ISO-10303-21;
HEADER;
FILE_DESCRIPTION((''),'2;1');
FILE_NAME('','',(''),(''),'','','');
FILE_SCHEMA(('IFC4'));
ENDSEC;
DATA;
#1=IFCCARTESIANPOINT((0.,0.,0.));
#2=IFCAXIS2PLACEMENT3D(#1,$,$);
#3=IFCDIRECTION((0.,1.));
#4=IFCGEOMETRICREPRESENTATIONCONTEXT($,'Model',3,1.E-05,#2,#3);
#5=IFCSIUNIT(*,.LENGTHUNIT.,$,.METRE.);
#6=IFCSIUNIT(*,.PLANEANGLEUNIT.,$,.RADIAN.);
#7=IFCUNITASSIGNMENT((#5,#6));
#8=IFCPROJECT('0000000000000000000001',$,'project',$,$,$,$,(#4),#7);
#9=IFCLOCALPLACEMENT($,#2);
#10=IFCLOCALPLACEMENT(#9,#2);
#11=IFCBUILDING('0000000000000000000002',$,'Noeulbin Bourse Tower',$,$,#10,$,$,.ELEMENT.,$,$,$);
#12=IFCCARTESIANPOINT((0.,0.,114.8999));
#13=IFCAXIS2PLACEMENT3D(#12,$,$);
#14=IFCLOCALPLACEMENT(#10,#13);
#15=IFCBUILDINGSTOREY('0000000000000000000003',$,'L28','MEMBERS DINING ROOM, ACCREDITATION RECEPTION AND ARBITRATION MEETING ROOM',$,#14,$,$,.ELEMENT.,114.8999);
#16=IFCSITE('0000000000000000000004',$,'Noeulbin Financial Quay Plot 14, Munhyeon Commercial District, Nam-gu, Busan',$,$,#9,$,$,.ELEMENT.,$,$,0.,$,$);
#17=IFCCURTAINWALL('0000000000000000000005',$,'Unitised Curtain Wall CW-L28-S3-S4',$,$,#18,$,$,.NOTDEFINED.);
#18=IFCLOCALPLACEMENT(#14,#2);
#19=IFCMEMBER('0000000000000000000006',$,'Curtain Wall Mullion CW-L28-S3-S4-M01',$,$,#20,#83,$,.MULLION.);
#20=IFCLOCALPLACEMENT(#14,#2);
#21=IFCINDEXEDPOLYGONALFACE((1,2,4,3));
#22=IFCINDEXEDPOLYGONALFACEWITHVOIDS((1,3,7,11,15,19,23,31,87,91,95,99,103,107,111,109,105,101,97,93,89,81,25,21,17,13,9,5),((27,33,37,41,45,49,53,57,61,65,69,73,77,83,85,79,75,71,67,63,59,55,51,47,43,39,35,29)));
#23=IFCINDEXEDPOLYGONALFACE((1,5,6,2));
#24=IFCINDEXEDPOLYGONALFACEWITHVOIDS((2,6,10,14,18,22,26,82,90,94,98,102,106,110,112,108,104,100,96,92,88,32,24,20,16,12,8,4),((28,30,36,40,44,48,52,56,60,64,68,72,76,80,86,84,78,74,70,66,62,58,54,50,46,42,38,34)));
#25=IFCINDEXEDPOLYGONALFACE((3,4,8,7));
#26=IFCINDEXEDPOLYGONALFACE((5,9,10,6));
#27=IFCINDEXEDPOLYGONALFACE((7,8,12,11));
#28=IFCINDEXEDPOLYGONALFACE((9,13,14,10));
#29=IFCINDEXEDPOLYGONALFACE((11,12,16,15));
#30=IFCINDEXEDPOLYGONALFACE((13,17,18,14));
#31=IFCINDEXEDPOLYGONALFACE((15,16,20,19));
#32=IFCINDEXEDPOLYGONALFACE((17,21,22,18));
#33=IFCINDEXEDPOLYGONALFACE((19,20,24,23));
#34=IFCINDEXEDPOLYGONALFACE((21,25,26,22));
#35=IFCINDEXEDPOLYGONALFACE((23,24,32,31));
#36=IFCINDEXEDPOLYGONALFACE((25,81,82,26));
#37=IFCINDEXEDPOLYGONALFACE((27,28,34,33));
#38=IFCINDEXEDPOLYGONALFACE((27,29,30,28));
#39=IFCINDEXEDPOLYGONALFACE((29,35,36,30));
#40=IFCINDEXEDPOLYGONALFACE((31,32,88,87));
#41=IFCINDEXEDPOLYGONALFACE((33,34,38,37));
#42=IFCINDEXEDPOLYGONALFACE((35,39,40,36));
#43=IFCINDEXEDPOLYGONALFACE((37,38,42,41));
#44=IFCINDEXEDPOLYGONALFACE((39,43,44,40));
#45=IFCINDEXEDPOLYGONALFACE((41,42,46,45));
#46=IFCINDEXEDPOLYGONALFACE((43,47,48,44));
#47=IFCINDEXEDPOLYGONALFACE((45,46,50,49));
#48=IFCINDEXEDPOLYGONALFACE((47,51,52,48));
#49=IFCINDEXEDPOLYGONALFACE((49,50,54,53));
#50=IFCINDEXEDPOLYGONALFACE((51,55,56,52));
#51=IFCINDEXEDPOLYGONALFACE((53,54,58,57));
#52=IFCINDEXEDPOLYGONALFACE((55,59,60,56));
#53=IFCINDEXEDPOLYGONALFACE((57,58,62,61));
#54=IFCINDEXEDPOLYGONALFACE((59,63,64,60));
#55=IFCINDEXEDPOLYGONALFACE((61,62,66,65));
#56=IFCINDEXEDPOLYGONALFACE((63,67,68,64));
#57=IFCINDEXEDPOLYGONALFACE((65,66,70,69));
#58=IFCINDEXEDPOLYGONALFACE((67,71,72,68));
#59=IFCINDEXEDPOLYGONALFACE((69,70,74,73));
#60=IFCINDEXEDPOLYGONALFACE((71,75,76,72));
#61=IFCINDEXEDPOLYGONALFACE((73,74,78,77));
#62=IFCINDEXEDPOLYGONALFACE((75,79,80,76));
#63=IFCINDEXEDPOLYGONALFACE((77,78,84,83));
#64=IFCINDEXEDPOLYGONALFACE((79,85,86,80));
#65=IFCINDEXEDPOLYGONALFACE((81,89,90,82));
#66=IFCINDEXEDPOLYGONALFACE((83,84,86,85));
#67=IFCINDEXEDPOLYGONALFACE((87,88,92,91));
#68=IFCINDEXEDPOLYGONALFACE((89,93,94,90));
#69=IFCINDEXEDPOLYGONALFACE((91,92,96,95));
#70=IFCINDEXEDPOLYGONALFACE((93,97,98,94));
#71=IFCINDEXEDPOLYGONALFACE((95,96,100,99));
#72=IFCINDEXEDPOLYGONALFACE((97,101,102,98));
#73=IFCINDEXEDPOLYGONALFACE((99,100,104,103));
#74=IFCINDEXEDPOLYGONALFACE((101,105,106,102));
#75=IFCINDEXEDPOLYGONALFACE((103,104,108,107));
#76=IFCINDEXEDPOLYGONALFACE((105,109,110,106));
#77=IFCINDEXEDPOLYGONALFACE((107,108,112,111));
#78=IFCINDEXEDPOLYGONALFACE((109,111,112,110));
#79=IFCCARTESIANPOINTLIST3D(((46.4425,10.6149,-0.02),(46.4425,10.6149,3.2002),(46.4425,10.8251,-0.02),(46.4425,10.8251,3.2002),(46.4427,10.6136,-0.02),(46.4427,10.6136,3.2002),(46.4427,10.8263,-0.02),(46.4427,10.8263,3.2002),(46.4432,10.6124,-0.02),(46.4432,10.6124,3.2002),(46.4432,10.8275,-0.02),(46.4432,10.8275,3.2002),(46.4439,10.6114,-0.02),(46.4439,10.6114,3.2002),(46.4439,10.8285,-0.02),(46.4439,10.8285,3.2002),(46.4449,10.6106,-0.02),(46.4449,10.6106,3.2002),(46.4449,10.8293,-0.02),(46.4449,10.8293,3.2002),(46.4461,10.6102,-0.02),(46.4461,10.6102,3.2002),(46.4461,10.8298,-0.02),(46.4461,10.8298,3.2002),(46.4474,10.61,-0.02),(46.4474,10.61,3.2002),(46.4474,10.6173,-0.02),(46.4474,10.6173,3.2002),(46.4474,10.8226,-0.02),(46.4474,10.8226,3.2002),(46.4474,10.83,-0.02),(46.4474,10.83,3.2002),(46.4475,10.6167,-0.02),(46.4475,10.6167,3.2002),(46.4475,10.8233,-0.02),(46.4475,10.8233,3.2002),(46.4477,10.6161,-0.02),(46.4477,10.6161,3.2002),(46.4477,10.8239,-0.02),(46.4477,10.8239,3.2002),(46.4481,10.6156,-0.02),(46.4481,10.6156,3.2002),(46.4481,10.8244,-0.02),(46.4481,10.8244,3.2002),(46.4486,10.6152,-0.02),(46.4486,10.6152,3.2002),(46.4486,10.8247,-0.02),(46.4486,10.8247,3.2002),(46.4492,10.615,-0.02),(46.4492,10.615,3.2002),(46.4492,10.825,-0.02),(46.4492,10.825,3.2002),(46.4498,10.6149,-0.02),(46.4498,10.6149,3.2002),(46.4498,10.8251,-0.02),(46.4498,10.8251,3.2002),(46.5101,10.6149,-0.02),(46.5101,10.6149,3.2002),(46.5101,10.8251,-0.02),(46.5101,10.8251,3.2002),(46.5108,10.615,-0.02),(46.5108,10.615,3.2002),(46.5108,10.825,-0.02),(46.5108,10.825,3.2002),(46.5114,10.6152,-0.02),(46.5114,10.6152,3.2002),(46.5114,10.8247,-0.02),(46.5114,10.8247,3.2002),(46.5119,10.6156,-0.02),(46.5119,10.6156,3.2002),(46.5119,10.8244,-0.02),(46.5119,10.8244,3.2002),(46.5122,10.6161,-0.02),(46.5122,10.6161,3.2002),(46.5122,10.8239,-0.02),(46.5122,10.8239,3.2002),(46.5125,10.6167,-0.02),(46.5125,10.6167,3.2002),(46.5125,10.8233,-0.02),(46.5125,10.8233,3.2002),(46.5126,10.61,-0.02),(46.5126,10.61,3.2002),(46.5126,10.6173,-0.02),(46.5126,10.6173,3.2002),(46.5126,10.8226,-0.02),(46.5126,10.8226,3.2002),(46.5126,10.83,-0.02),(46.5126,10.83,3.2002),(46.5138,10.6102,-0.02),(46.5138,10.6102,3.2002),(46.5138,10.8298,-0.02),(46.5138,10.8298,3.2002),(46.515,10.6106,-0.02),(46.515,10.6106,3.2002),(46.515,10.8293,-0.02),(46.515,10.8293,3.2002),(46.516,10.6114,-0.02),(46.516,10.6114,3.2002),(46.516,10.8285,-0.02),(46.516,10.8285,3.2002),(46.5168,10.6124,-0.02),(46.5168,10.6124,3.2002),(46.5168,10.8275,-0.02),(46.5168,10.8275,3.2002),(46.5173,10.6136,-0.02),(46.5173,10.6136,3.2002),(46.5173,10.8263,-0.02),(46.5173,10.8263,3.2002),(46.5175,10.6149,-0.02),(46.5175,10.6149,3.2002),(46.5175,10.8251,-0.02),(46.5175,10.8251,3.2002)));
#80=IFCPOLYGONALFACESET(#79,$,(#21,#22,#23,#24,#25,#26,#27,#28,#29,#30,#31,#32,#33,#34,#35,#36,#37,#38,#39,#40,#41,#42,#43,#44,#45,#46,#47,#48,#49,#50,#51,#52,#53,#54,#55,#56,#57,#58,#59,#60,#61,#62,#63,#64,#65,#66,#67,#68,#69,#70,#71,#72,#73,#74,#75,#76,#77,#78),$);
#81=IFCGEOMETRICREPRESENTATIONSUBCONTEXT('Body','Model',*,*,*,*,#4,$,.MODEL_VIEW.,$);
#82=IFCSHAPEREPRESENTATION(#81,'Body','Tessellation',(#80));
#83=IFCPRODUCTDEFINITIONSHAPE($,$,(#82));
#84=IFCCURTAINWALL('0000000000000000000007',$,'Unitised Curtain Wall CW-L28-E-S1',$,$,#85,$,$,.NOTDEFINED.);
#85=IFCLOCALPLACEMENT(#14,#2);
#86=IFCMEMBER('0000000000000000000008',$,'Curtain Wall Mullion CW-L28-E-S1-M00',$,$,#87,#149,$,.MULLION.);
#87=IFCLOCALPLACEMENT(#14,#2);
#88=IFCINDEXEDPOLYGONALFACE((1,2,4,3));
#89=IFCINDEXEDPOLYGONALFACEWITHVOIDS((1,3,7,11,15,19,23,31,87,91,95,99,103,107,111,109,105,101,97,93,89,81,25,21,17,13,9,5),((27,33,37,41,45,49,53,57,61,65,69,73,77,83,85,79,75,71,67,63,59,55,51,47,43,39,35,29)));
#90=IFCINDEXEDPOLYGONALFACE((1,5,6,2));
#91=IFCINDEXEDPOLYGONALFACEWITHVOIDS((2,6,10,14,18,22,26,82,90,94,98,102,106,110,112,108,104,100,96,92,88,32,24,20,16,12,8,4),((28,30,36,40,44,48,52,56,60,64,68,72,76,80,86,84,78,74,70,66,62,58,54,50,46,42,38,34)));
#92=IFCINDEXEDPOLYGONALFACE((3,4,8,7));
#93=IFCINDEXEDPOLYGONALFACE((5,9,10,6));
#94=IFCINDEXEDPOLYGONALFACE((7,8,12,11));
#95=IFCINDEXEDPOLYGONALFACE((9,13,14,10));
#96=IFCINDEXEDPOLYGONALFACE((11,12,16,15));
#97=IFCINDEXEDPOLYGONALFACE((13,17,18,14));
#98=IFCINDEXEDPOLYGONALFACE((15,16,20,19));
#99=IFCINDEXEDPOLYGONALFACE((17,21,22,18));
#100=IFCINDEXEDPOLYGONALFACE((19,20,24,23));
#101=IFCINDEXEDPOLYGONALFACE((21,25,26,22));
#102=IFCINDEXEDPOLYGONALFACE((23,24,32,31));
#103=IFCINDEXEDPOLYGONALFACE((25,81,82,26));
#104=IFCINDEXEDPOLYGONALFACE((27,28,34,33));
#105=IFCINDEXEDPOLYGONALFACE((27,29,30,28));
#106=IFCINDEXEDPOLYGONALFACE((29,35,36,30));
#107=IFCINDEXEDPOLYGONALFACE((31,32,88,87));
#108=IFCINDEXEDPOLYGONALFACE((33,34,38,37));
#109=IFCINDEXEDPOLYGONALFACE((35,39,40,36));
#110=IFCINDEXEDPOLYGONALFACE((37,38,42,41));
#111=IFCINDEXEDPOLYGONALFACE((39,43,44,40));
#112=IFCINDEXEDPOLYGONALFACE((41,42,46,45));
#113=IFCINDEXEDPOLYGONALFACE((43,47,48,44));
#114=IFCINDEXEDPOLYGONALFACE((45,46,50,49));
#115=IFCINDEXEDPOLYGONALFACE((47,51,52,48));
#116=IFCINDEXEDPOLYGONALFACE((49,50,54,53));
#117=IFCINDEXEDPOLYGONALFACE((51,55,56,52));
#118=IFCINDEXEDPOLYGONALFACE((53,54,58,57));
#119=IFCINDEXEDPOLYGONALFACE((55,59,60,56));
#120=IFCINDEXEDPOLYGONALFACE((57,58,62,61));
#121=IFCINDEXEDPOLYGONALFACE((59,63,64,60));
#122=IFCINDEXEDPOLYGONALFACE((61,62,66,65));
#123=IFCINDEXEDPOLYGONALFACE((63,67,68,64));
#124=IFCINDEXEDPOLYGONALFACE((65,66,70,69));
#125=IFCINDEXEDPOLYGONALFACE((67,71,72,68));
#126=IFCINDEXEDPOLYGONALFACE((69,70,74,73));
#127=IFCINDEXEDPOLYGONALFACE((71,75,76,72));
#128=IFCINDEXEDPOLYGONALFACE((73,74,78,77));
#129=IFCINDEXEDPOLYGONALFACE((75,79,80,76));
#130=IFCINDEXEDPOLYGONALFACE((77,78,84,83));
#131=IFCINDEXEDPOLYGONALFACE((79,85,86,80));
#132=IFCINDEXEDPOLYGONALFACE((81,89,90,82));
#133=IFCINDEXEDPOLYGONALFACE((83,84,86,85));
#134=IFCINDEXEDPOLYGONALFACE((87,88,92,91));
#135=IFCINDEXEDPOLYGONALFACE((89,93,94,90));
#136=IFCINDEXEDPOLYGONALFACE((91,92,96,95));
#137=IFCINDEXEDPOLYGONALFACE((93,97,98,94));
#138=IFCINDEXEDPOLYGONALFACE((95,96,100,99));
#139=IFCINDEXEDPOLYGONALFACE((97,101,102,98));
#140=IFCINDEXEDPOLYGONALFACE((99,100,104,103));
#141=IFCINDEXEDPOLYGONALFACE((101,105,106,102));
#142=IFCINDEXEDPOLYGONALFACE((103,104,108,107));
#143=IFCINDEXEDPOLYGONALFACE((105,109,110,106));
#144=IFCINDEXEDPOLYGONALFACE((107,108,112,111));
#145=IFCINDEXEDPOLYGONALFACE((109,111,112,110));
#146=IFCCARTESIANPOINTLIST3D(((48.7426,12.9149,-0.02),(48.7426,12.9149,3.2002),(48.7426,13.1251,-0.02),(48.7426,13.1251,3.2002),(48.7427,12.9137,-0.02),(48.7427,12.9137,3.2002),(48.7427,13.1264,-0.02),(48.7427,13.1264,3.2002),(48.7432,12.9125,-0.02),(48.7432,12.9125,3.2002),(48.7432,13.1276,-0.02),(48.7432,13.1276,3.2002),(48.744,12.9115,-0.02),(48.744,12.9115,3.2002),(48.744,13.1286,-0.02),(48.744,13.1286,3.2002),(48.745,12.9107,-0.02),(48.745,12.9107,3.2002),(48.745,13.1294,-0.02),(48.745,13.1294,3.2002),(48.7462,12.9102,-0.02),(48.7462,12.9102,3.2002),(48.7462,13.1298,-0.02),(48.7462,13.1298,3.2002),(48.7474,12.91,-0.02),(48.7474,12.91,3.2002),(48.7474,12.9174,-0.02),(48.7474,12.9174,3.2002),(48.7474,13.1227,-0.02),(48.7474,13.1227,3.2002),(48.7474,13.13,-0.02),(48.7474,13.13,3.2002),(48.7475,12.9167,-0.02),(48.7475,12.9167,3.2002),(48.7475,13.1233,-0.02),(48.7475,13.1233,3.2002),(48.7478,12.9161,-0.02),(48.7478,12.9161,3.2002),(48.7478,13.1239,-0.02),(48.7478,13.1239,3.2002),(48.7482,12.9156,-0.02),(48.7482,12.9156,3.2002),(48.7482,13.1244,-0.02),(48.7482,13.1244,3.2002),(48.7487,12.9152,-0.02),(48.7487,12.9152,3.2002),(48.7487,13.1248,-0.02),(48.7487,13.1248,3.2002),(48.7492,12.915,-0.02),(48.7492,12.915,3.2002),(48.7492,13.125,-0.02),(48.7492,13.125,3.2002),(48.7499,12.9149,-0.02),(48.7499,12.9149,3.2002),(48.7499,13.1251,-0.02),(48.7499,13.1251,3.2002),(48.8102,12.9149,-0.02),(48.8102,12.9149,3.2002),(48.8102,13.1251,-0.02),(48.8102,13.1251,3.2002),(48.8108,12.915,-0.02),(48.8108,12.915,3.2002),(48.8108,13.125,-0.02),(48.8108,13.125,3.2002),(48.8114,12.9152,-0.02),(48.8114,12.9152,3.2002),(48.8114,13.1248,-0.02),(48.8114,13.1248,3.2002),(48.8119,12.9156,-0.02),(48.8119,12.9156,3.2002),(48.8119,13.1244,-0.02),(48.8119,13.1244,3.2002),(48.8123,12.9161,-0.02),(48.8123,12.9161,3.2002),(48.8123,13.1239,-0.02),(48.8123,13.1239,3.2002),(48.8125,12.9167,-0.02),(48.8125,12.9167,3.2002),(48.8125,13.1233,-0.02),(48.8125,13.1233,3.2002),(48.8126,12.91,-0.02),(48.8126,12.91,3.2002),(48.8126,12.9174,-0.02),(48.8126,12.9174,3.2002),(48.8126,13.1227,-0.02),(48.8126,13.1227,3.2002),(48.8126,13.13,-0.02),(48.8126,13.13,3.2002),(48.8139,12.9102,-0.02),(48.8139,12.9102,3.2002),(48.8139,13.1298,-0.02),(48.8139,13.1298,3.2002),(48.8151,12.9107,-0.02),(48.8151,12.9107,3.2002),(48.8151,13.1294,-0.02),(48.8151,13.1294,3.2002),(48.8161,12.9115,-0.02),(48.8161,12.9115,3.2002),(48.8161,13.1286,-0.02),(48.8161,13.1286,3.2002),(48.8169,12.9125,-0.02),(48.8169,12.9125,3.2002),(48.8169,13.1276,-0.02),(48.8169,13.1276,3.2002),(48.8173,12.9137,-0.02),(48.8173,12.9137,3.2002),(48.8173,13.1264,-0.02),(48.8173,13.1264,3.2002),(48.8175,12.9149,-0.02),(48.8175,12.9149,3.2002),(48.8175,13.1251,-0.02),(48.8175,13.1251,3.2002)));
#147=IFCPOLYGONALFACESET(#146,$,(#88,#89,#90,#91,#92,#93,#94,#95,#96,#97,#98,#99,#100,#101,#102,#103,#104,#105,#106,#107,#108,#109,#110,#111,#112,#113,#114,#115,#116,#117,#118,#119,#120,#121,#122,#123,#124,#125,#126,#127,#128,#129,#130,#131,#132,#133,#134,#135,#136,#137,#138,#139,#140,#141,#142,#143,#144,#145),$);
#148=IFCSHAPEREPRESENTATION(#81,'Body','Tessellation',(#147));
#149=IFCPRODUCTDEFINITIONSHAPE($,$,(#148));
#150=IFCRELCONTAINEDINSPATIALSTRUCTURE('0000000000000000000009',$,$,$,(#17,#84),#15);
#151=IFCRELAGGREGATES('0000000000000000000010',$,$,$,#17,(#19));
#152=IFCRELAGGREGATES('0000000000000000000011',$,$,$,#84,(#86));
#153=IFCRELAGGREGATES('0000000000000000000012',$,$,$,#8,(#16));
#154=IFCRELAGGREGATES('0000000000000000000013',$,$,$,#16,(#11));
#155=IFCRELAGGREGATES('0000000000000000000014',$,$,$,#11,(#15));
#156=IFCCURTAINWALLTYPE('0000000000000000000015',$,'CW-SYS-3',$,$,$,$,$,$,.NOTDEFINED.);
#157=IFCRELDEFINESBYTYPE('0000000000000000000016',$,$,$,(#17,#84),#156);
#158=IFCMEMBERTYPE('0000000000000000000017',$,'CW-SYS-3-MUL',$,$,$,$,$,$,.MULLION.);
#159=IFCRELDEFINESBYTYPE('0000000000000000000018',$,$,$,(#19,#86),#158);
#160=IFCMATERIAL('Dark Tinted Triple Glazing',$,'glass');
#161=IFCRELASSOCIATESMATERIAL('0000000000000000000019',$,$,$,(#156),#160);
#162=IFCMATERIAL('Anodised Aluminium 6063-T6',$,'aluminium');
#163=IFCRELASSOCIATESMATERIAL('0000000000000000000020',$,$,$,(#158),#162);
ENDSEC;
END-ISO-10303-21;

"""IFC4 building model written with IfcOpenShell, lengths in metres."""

from ifc_helpers import new_model, si_unit, direction, frame, origin, origin_2d, place, context, subcontext, project, spatial, hollow_rectangle, extrude, material, material_profile, profile_set, type_object, element, aggregate, save


model = new_model("IFC4")

# Units and contexts
model_context = context("Model", 3, precision=1e-05, world=origin(), true_north=direction((0.0, 1.0)))
body_context = subcontext(model_context, "Body", "Model", "MODEL_VIEW")
ifc_project = project(units=[si_unit("LENGTHUNIT", "METRE"), si_unit("PLANEANGLEUNIT", "RADIAN")], contexts=[model_context])

# Site, building, storey
site_placement = place(None, origin())
site = spatial("IfcSite", under=ifc_project, at=site_placement, Name="Noeulbin Financial Quay Plot 14, Munhyeon Commercial District, Nam-gu, Busan", CompositionType="ELEMENT", RefElevation=0.0)
building_placement = place(site_placement, origin())
building = spatial("IfcBuilding", under=site, at=building_placement, Name="Noeulbin Bourse Tower", CompositionType="ELEMENT")
storey_placement = place(building_placement, frame((0.0, 0.0, 114.8999)))
storey = spatial("IfcBuildingStorey", under=building, at=storey_placement, Name="L28", Description="MEMBERS DINING ROOM, ACCREDITATION RECEPTION AND ARBITRATION MEETING ROOM", CompositionType="ELEMENT", Elevation=114.8999)

# Curtain walls, members
ifc_material_1 = material(Name="Dark Tinted Triple Glazing", Category="glass")
curtain_wall_type = type_object("IfcCurtainWallType", Name="CW-SYS-3", PredefinedType="NOTDEFINED", material=ifc_material_1)
curtain_wall_1_placement = place(storey_placement, origin())
curtain_wall_1 = element("IfcCurtainWall", 1, at=curtain_wall_1_placement, inside=storey, type_object=curtain_wall_type, Name="Unitised Curtain Wall CW-L28-S3-S4", PredefinedType="NOTDEFINED")
ifc_material_2 = material(Name="Anodised Aluminium 6063-T6", Category="aluminium")
ifc_material_profile_1 = material_profile(ifc_material_2, hollow_rectangle(XDim=0.075, YDim=0.22, WallThickness=0.0049, InnerFilletRadius=0.0024, OuterFilletRadius=0.0049, at=origin_2d()), Name="ALU-MULL-75x220x5", Category="LoadBearing")
ifc_profile_set_1 = profile_set([ifc_material_profile_1], Name="Anodised Aluminium 6063-T6")
member_type_1 = type_object("IfcMemberType", Name="CW-SYS-3-MUL", PredefinedType="MULLION", material=ifc_profile_set_1)
member_1_placement = place(storey_placement, frame((46.48, 10.72, -0.02), z_axis=(0.0, 0.0, 1.0), x_axis=(1.0, 0.0, 0.0)))
member_1 = element("IfcMember", 2, at=member_1_placement, type_object=member_type_1, Name="Curtain Wall Mullion CW-L28-S3-S4-M01", PredefinedType="MULLION", context=body_context, shape_type="SweptSolid", body=[
    extrude(hollow_rectangle(XDim=0.075, YDim=0.22, WallThickness=0.0049, InnerFilletRadius=0.0024, OuterFilletRadius=0.0049, at=origin_2d()), origin(), (0.0, 0.0, 1.0), 3.2202),
])
curtain_wall_2_placement = place(storey_placement, origin())
curtain_wall_2 = element("IfcCurtainWall", 3, at=curtain_wall_2_placement, inside=storey, type_object=curtain_wall_type, Name="Unitised Curtain Wall CW-L28-E-S1", PredefinedType="NOTDEFINED")
member_2_placement = place(storey_placement, frame((48.78, 13.02, -0.02), z_axis=(0.0, 0.0, 1.0), x_axis=(1.0, 0.0, 0.0)))
member_2 = element("IfcMember", 4, at=member_2_placement, type_object=member_type_1, Name="Curtain Wall Mullion CW-L28-E-S1-M00", PredefinedType="MULLION", context=body_context, shape_type="SweptSolid", body=[
    extrude(hollow_rectangle(XDim=0.075, YDim=0.22, WallThickness=0.0049, InnerFilletRadius=0.0024, OuterFilletRadius=0.0049, at=origin_2d()), origin(), (0.0, 0.0, 1.0), 3.2202),
])

aggregate(curtain_wall_1, [member_1])
aggregate(curtain_wall_2, [member_2])

save(model, "model.ifc")
